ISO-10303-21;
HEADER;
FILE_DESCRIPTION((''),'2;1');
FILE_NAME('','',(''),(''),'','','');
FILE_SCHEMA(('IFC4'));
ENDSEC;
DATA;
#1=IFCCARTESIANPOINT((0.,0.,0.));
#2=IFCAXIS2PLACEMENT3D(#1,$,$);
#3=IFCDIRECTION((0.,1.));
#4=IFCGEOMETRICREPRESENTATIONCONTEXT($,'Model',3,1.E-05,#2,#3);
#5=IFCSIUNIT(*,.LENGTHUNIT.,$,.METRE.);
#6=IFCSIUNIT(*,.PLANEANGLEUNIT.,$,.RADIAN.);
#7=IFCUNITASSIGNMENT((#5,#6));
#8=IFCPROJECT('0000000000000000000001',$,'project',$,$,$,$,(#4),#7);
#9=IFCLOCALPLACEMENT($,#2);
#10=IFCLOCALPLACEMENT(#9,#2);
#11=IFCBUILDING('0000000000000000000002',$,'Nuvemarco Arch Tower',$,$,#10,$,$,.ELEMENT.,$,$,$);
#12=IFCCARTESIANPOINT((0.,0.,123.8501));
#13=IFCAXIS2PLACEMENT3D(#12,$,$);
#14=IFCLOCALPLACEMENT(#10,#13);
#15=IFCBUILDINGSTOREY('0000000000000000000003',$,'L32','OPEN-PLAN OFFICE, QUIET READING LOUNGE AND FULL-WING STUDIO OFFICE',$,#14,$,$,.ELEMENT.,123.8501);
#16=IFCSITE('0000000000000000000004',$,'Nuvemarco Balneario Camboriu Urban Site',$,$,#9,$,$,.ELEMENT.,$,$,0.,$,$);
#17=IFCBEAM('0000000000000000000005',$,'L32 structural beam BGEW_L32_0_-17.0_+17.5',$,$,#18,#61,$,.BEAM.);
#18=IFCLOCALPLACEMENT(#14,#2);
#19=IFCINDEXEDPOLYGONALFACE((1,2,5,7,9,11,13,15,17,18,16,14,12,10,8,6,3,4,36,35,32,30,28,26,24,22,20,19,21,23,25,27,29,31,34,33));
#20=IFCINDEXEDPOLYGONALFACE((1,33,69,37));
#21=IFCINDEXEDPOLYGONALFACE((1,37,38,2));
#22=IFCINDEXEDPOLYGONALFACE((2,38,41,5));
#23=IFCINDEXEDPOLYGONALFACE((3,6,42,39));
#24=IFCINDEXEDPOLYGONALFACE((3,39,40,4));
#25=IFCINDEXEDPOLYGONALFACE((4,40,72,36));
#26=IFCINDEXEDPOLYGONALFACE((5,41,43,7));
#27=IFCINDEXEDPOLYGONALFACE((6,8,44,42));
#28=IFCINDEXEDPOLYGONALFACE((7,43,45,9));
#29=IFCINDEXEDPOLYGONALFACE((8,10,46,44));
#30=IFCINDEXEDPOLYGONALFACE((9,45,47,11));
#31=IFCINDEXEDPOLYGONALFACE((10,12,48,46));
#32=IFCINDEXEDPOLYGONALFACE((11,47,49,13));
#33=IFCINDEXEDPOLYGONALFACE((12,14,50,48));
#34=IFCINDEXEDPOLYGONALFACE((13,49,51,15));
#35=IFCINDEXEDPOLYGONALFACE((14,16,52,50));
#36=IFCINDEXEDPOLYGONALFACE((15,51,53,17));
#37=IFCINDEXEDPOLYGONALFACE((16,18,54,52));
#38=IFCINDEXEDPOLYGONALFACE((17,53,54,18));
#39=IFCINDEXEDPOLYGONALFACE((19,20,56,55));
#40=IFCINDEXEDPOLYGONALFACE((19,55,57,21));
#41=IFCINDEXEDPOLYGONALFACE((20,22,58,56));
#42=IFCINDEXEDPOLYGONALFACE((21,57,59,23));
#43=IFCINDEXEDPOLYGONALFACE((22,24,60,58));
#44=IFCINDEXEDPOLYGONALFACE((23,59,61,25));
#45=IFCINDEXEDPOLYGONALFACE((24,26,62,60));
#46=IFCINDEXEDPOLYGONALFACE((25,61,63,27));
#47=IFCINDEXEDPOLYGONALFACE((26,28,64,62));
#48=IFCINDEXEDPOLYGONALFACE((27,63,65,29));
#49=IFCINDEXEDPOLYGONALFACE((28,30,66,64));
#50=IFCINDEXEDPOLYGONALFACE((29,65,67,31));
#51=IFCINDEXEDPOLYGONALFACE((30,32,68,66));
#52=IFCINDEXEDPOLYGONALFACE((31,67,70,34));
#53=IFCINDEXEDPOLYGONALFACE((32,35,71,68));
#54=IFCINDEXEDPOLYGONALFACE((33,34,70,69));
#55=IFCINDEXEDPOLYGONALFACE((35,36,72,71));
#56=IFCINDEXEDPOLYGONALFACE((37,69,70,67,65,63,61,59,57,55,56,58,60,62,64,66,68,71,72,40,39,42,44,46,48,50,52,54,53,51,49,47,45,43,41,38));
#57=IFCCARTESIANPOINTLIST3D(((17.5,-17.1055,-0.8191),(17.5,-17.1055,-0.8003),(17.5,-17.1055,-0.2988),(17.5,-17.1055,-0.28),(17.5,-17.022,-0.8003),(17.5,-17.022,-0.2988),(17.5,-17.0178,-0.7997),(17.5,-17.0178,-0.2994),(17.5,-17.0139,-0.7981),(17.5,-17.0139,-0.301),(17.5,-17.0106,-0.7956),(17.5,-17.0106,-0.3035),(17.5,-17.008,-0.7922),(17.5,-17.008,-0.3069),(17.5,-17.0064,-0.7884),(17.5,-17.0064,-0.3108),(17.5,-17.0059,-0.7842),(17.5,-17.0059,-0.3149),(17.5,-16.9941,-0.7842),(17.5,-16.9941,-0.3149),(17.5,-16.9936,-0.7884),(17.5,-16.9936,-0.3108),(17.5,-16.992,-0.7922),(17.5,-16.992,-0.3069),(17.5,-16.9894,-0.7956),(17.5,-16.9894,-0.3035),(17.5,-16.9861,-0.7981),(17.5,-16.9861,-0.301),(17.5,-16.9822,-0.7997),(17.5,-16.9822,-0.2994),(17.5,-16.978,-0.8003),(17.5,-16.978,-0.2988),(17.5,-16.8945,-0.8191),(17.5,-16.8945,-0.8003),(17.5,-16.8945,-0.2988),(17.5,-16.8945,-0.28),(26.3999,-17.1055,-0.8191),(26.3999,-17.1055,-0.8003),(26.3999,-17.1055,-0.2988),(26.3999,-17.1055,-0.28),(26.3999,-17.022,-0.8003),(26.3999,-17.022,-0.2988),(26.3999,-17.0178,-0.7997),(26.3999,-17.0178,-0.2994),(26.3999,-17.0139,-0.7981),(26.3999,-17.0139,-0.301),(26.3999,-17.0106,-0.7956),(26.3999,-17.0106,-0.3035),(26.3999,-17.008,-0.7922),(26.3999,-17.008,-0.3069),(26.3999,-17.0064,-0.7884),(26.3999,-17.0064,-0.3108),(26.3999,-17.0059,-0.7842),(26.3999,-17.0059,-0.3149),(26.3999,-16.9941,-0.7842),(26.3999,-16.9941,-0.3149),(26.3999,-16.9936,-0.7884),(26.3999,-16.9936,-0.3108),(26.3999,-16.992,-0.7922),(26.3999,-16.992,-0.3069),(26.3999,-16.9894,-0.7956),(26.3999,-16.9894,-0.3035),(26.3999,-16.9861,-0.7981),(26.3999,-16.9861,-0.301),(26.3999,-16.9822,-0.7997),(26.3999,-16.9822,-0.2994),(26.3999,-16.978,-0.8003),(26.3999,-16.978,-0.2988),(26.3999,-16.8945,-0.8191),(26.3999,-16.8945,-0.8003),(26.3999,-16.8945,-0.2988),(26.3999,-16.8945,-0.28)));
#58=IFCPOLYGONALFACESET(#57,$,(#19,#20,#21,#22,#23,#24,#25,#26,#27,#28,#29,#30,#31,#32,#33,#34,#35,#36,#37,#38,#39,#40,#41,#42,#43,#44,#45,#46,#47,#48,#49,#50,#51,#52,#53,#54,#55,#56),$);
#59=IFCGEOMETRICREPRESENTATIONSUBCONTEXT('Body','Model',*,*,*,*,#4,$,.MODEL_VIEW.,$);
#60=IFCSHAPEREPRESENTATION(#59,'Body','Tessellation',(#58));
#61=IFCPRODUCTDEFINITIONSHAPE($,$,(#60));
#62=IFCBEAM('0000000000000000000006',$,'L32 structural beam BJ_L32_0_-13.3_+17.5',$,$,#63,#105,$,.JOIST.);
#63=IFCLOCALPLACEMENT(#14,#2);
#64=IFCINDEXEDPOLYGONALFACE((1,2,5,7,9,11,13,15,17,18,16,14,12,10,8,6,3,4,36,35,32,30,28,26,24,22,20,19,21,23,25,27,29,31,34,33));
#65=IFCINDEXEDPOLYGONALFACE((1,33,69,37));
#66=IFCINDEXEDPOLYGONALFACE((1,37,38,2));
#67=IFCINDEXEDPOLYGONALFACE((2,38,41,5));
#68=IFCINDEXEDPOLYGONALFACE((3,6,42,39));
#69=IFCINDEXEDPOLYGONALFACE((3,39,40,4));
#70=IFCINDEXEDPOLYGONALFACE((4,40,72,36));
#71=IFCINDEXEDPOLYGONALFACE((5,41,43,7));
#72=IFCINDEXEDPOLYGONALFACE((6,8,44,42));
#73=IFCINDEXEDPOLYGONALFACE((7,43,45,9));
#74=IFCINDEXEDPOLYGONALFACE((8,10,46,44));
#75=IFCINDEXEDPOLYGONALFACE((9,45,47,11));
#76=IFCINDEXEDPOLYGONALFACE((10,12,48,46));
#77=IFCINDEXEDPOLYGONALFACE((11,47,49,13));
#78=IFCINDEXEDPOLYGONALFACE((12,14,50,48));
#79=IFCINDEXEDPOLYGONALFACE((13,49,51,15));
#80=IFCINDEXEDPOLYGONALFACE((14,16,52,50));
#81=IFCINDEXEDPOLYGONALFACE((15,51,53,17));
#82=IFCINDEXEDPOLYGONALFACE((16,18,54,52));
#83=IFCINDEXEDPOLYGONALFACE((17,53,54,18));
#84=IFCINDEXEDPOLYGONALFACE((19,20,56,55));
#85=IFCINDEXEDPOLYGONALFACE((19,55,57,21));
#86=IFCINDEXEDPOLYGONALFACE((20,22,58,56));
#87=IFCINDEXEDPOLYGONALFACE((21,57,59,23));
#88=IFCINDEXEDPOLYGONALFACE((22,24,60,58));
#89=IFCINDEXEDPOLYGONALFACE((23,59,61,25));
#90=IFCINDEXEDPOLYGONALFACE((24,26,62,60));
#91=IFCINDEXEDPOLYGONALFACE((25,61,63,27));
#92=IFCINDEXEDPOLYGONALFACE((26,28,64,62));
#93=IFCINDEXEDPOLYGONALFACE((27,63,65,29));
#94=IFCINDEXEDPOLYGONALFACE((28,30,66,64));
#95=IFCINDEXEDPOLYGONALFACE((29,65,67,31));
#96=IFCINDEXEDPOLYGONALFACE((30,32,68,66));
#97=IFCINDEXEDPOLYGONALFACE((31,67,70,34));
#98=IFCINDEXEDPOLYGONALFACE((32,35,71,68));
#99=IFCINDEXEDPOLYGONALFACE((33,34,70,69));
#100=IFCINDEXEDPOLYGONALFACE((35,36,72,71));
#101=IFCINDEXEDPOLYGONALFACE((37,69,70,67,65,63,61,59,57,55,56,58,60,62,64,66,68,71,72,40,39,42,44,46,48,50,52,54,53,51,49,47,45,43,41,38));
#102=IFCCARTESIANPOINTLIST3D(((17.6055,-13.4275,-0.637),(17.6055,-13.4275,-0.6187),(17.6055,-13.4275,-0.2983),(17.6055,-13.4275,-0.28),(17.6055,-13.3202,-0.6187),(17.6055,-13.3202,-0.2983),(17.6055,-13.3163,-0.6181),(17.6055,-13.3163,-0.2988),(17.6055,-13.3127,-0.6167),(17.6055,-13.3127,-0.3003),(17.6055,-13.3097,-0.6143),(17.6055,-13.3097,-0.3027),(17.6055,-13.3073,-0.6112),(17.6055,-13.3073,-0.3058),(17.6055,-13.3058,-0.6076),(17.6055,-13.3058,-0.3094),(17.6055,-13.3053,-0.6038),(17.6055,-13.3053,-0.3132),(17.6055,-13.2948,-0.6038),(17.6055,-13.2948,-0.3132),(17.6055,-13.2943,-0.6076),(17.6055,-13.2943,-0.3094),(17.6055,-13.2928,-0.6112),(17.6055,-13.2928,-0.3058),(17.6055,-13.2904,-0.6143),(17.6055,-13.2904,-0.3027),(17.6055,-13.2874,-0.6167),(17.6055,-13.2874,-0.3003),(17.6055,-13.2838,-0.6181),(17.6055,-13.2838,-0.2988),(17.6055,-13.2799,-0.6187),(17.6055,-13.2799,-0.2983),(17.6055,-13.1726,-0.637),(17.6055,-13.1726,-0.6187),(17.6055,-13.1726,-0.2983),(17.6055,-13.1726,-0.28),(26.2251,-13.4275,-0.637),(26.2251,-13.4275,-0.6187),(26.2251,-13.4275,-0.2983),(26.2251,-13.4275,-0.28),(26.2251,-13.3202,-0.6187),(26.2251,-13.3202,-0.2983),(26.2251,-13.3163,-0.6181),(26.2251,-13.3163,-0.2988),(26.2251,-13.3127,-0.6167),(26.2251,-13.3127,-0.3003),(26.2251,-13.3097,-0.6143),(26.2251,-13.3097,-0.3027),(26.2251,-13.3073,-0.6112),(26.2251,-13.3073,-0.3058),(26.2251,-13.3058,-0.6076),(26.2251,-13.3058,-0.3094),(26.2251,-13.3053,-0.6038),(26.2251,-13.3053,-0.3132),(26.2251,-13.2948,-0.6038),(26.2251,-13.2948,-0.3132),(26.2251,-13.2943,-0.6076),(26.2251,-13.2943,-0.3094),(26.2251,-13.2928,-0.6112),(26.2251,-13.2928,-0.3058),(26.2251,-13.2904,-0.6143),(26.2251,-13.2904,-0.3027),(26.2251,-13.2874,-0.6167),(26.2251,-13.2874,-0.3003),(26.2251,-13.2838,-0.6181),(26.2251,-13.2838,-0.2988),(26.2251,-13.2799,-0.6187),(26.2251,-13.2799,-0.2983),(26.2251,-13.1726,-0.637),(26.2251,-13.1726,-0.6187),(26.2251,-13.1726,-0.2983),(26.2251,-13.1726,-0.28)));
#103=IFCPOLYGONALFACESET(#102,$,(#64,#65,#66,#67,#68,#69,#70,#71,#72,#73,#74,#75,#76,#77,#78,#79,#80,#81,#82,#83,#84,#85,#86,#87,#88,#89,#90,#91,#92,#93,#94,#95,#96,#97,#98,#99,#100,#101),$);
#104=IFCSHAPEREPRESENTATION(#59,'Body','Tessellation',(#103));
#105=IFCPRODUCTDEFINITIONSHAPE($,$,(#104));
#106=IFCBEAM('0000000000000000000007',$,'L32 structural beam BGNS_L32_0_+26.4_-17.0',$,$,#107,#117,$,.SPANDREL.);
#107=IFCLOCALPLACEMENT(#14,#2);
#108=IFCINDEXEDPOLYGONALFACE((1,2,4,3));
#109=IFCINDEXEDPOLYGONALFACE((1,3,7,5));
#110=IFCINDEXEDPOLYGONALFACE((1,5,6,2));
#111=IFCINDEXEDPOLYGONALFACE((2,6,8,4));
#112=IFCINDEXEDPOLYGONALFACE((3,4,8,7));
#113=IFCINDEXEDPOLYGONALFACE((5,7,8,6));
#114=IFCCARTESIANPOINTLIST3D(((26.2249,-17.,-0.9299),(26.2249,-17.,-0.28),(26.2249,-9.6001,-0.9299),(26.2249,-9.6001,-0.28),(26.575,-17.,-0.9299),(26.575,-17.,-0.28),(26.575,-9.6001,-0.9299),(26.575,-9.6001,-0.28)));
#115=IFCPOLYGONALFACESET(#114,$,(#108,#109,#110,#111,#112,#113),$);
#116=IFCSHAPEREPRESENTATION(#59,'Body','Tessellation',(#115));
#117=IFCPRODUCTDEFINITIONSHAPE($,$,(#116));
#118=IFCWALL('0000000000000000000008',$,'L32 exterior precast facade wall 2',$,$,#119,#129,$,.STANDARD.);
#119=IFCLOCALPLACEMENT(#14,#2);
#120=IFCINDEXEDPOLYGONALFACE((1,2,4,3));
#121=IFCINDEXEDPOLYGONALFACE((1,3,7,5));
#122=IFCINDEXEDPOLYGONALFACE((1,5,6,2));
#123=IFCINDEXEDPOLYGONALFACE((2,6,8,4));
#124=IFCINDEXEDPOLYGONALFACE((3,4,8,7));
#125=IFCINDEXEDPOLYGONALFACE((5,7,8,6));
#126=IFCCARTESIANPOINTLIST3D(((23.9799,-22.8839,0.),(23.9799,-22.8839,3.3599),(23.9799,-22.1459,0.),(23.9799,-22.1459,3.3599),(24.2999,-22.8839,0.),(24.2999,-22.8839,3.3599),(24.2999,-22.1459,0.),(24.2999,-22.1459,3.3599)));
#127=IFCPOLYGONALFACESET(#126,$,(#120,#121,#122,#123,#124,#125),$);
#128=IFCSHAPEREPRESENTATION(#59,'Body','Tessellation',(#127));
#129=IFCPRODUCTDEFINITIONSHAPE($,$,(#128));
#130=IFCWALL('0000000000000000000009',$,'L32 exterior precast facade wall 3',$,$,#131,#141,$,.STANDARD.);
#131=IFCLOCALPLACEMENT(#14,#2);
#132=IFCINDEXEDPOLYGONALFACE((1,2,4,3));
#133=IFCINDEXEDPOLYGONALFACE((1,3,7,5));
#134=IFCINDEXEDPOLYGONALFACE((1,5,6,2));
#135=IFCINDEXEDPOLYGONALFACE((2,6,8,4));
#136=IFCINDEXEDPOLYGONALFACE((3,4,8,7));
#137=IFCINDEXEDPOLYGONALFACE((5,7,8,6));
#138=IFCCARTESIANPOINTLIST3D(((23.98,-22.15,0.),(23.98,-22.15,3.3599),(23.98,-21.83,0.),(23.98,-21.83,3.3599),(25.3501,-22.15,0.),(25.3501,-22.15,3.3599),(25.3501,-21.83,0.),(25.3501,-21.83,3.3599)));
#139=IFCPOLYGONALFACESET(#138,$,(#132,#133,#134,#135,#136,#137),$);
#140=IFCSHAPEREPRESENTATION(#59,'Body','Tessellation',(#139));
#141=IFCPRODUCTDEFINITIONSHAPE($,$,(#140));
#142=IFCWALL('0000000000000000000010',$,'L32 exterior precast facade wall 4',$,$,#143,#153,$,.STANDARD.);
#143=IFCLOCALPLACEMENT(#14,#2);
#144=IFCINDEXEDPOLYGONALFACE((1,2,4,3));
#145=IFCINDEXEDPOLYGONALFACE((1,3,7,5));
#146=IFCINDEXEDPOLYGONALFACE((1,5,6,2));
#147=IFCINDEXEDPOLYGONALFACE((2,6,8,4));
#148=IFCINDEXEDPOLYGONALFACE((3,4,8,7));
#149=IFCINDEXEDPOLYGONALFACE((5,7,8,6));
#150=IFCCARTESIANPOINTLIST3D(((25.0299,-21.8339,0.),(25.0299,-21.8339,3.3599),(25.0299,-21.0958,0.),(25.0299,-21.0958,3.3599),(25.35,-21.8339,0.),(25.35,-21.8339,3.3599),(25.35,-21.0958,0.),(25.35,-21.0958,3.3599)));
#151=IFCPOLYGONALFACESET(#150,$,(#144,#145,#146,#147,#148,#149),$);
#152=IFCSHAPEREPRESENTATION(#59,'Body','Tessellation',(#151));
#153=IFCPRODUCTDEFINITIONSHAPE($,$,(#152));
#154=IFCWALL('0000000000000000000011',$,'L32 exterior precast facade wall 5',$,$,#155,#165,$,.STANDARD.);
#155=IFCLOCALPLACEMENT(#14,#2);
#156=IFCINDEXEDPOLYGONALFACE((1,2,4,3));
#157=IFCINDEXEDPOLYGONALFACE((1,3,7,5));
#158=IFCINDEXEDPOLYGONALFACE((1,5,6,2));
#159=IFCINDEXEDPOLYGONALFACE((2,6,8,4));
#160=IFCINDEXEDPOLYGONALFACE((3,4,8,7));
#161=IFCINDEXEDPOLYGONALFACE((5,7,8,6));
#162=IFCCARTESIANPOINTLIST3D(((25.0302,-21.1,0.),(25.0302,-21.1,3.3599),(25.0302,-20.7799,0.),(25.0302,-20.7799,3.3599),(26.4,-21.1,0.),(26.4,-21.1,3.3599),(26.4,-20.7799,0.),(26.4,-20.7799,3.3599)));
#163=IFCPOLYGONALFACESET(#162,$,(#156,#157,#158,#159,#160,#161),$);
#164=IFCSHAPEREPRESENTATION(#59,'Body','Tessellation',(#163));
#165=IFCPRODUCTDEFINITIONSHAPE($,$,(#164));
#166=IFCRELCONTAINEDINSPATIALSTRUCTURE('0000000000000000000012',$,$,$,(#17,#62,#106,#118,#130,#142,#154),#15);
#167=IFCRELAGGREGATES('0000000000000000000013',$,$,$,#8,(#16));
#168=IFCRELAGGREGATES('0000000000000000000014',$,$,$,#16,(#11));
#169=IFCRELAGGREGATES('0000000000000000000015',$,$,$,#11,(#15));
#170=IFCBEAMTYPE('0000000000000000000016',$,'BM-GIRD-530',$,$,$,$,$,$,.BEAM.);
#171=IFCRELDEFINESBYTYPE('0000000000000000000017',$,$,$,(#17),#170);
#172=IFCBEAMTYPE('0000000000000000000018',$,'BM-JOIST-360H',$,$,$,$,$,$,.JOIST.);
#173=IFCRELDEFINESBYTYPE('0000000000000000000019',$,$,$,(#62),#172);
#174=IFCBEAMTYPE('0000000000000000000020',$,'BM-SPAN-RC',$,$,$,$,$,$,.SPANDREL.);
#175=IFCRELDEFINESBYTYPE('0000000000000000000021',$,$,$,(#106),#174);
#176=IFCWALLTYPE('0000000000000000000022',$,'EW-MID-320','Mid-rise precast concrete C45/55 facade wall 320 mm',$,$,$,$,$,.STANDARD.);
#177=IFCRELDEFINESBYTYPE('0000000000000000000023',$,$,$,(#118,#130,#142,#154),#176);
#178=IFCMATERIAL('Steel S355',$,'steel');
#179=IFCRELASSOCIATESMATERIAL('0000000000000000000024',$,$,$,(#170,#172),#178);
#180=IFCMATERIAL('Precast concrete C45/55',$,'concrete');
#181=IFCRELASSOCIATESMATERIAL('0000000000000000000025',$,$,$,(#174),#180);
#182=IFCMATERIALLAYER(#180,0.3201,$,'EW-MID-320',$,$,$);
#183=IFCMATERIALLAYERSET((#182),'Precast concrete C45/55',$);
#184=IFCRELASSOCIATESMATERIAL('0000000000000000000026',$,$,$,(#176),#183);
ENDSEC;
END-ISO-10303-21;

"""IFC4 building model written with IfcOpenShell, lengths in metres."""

from ifc_helpers import new_model, si_unit, direction, frame, frame_2d, origin, origin_2d, place, context, subcontext, project, spatial, rectangle, i_section, extrude, material, layer, layer_set, material_profile, profile_set, type_object, element, save


model = new_model("IFC4")

# Units and contexts
model_context = context("Model", 3, precision=1e-05, world=origin(), true_north=direction((0.0, 1.0)))
body_context = subcontext(model_context, "Body", "Model", "MODEL_VIEW")
ifc_project = project(units=[si_unit("LENGTHUNIT", "METRE"), si_unit("PLANEANGLEUNIT", "RADIAN")], contexts=[model_context])

# Site, building, storey
site_placement = place(None, origin())
site = spatial("IfcSite", under=ifc_project, at=site_placement, Name="Nuvemarco Balneario Camboriu Urban Site", CompositionType="ELEMENT", RefElevation=0.0)
building_placement = place(site_placement, origin())
building = spatial("IfcBuilding", under=site, at=building_placement, Name="Nuvemarco Arch Tower", CompositionType="ELEMENT")
storey_placement = place(building_placement, frame((0.0, 0.0, 123.8501)))
storey = spatial("IfcBuildingStorey", under=building, at=storey_placement, Name="L32", Description="OPEN-PLAN OFFICE, QUIET READING LOUNGE AND FULL-WING STUDIO OFFICE", CompositionType="ELEMENT", Elevation=123.8501)

# Shared definitions
ifc_material_1 = material(Name="Steel S355", Category="steel")

# Beams
ifc_material_profile_1 = material_profile(ifc_material_1, i_section(OverallWidth=0.2109, OverallDepth=0.5391, WebThickness=0.0117, FlangeThickness=0.0188, FilletRadius=0.0161, at=origin_2d()), Name="W530x109")
ifc_profile_set_1 = profile_set([ifc_material_profile_1], Name="Steel S355")
beam_type_1 = type_object("IfcBeamType", Name="BM-GIRD-530", PredefinedType="BEAM", material=ifc_profile_set_1)
beam_1_placement = place(storey_placement, frame((17.5, -17.0, -0.5496), z_axis=(1.0, 0.0, 0.0), x_axis=(0.0, 1.0, 0.0)))
element("IfcBeam", 1, at=beam_1_placement, inside=storey, type_object=beam_type_1, Name="L32 structural beam BGEW_L32_0_-17.0_+17.5", PredefinedType="BEAM", context=body_context, shape_type="SweptSolid", body=[
    extrude(i_section(OverallWidth=0.2109, OverallDepth=0.5391, WebThickness=0.0117, FlangeThickness=0.0188, FilletRadius=0.0161, at=origin_2d()), origin(), (0.0, 0.0, 1.0), 8.8999),
])
ifc_material_profile_2 = material_profile(ifc_material_1, i_section(OverallWidth=0.2549, OverallDepth=0.3569, WebThickness=0.0105, FlangeThickness=0.0183, FilletRadius=0.0149, at=origin_2d()), Name="W360x101")
ifc_profile_set_2 = profile_set([ifc_material_profile_2], Name="Steel S355")
beam_type_2 = type_object("IfcBeamType", Name="BM-JOIST-360H", PredefinedType="JOIST", material=ifc_profile_set_2)
beam_2_placement = place(storey_placement, frame((17.6055, -13.3, -0.4585), z_axis=(1.0, 0.0, 0.0), x_axis=(0.0, 1.0, 0.0)))
element("IfcBeam", 2, at=beam_2_placement, inside=storey, type_object=beam_type_2, Name="L32 structural beam BJ_L32_0_-13.3_+17.5", PredefinedType="JOIST", context=body_context, shape_type="SweptSolid", body=[
    extrude(i_section(OverallWidth=0.2549, OverallDepth=0.3569, WebThickness=0.0105, FlangeThickness=0.0183, FilletRadius=0.0149, at=origin_2d()), origin(), (0.0, 0.0, 1.0), 8.6196),
])
ifc_material_2 = material(Name="Precast concrete C45/55", Category="concrete")
ifc_material_profile_3 = material_profile(ifc_material_2, rectangle(XDim=0.3501, YDim=0.6499, at=origin_2d()), Name="PC-SP-350x650")
ifc_profile_set_3 = profile_set([ifc_material_profile_3], Name="Precast concrete C45/55")
beam_type_3 = type_object("IfcBeamType", Name="BM-SPAN-RC", PredefinedType="SPANDREL", material=ifc_profile_set_3)
beam_3_placement = place(storey_placement, frame((26.3999, -17.0, -0.605), z_axis=(0.0, 1.0, 0.0), x_axis=(-1.0, 0.0, 0.0)))
element("IfcBeam", 3, at=beam_3_placement, inside=storey, type_object=beam_type_3, Name="L32 structural beam BGNS_L32_0_+26.4_-17.0", PredefinedType="SPANDREL", context=body_context, shape_type="SweptSolid", body=[
    extrude(rectangle(XDim=0.3501, YDim=0.6499, at=origin_2d()), origin(), (0.0, 0.0, 1.0), 7.3999),
])

# Walls
ifc_layer_1 = layer(ifc_material_2, 0.3201, Name="EW-MID-320")
ifc_layer_set_1 = layer_set([ifc_layer_1], Name="Precast concrete C45/55")
wall_type_1 = type_object("IfcWallType", Name="EW-MID-320", Description="Mid-rise precast concrete C45/55 facade wall 320 mm", PredefinedType="STANDARD", material=ifc_layer_set_1)
wall_1_placement = place(storey_placement, frame((24.1399, -22.884, 0.0), z_axis=(0.0, 0.0, 1.0), x_axis=(0.0, 1.0, 0.0)))
element("IfcWall", 4, at=wall_1_placement, inside=storey, type_object=wall_type_1, Name="L32 exterior precast facade wall 2", PredefinedType="STANDARD", context=body_context, shape_type="SweptSolid", body=[
    extrude(rectangle(XDim=0.738, YDim=0.3201, at=frame_2d((0.3691, 0.0))), origin(), (0.0, 0.0, 1.0), 3.3599),
])
wall_2_placement = place(storey_placement, frame((23.98, -21.99, 0.0), z_axis=(0.0, 0.0, 1.0), x_axis=(1.0, 0.0, 0.0)))
element("IfcWall", 5, at=wall_2_placement, inside=storey, type_object=wall_type_1, Name="L32 exterior precast facade wall 3", PredefinedType="STANDARD", context=body_context, shape_type="SweptSolid", body=[
    extrude(rectangle(XDim=1.3701, YDim=0.3201, at=frame_2d((0.6851, 0.0))), origin(), (0.0, 0.0, 1.0), 3.3599),
])
wall_3_placement = place(storey_placement, frame((25.1899, -21.834, 0.0), z_axis=(0.0, 0.0, 1.0), x_axis=(0.0, 1.0, 0.0)))
element("IfcWall", 6, at=wall_3_placement, inside=storey, type_object=wall_type_1, Name="L32 exterior precast facade wall 4", PredefinedType="STANDARD", context=body_context, shape_type="SweptSolid", body=[
    extrude(rectangle(XDim=0.738, YDim=0.3201, at=frame_2d((0.3691, 0.0))), origin(), (0.0, 0.0, 1.0), 3.3599),
])
wall_4_placement = place(storey_placement, frame((25.03, -20.9399, 0.0), z_axis=(0.0, 0.0, 1.0), x_axis=(1.0, 0.0, 0.0)))
element("IfcWall", 7, at=wall_4_placement, inside=storey, type_object=wall_type_1, Name="L32 exterior precast facade wall 5", PredefinedType="STANDARD", context=body_context, shape_type="SweptSolid", body=[
    extrude(rectangle(XDim=1.3699, YDim=0.3201, at=frame_2d((0.6851, 0.0))), origin(), (0.0, 0.0, 1.0), 3.3599),
])

save(model, "model.ifc")
